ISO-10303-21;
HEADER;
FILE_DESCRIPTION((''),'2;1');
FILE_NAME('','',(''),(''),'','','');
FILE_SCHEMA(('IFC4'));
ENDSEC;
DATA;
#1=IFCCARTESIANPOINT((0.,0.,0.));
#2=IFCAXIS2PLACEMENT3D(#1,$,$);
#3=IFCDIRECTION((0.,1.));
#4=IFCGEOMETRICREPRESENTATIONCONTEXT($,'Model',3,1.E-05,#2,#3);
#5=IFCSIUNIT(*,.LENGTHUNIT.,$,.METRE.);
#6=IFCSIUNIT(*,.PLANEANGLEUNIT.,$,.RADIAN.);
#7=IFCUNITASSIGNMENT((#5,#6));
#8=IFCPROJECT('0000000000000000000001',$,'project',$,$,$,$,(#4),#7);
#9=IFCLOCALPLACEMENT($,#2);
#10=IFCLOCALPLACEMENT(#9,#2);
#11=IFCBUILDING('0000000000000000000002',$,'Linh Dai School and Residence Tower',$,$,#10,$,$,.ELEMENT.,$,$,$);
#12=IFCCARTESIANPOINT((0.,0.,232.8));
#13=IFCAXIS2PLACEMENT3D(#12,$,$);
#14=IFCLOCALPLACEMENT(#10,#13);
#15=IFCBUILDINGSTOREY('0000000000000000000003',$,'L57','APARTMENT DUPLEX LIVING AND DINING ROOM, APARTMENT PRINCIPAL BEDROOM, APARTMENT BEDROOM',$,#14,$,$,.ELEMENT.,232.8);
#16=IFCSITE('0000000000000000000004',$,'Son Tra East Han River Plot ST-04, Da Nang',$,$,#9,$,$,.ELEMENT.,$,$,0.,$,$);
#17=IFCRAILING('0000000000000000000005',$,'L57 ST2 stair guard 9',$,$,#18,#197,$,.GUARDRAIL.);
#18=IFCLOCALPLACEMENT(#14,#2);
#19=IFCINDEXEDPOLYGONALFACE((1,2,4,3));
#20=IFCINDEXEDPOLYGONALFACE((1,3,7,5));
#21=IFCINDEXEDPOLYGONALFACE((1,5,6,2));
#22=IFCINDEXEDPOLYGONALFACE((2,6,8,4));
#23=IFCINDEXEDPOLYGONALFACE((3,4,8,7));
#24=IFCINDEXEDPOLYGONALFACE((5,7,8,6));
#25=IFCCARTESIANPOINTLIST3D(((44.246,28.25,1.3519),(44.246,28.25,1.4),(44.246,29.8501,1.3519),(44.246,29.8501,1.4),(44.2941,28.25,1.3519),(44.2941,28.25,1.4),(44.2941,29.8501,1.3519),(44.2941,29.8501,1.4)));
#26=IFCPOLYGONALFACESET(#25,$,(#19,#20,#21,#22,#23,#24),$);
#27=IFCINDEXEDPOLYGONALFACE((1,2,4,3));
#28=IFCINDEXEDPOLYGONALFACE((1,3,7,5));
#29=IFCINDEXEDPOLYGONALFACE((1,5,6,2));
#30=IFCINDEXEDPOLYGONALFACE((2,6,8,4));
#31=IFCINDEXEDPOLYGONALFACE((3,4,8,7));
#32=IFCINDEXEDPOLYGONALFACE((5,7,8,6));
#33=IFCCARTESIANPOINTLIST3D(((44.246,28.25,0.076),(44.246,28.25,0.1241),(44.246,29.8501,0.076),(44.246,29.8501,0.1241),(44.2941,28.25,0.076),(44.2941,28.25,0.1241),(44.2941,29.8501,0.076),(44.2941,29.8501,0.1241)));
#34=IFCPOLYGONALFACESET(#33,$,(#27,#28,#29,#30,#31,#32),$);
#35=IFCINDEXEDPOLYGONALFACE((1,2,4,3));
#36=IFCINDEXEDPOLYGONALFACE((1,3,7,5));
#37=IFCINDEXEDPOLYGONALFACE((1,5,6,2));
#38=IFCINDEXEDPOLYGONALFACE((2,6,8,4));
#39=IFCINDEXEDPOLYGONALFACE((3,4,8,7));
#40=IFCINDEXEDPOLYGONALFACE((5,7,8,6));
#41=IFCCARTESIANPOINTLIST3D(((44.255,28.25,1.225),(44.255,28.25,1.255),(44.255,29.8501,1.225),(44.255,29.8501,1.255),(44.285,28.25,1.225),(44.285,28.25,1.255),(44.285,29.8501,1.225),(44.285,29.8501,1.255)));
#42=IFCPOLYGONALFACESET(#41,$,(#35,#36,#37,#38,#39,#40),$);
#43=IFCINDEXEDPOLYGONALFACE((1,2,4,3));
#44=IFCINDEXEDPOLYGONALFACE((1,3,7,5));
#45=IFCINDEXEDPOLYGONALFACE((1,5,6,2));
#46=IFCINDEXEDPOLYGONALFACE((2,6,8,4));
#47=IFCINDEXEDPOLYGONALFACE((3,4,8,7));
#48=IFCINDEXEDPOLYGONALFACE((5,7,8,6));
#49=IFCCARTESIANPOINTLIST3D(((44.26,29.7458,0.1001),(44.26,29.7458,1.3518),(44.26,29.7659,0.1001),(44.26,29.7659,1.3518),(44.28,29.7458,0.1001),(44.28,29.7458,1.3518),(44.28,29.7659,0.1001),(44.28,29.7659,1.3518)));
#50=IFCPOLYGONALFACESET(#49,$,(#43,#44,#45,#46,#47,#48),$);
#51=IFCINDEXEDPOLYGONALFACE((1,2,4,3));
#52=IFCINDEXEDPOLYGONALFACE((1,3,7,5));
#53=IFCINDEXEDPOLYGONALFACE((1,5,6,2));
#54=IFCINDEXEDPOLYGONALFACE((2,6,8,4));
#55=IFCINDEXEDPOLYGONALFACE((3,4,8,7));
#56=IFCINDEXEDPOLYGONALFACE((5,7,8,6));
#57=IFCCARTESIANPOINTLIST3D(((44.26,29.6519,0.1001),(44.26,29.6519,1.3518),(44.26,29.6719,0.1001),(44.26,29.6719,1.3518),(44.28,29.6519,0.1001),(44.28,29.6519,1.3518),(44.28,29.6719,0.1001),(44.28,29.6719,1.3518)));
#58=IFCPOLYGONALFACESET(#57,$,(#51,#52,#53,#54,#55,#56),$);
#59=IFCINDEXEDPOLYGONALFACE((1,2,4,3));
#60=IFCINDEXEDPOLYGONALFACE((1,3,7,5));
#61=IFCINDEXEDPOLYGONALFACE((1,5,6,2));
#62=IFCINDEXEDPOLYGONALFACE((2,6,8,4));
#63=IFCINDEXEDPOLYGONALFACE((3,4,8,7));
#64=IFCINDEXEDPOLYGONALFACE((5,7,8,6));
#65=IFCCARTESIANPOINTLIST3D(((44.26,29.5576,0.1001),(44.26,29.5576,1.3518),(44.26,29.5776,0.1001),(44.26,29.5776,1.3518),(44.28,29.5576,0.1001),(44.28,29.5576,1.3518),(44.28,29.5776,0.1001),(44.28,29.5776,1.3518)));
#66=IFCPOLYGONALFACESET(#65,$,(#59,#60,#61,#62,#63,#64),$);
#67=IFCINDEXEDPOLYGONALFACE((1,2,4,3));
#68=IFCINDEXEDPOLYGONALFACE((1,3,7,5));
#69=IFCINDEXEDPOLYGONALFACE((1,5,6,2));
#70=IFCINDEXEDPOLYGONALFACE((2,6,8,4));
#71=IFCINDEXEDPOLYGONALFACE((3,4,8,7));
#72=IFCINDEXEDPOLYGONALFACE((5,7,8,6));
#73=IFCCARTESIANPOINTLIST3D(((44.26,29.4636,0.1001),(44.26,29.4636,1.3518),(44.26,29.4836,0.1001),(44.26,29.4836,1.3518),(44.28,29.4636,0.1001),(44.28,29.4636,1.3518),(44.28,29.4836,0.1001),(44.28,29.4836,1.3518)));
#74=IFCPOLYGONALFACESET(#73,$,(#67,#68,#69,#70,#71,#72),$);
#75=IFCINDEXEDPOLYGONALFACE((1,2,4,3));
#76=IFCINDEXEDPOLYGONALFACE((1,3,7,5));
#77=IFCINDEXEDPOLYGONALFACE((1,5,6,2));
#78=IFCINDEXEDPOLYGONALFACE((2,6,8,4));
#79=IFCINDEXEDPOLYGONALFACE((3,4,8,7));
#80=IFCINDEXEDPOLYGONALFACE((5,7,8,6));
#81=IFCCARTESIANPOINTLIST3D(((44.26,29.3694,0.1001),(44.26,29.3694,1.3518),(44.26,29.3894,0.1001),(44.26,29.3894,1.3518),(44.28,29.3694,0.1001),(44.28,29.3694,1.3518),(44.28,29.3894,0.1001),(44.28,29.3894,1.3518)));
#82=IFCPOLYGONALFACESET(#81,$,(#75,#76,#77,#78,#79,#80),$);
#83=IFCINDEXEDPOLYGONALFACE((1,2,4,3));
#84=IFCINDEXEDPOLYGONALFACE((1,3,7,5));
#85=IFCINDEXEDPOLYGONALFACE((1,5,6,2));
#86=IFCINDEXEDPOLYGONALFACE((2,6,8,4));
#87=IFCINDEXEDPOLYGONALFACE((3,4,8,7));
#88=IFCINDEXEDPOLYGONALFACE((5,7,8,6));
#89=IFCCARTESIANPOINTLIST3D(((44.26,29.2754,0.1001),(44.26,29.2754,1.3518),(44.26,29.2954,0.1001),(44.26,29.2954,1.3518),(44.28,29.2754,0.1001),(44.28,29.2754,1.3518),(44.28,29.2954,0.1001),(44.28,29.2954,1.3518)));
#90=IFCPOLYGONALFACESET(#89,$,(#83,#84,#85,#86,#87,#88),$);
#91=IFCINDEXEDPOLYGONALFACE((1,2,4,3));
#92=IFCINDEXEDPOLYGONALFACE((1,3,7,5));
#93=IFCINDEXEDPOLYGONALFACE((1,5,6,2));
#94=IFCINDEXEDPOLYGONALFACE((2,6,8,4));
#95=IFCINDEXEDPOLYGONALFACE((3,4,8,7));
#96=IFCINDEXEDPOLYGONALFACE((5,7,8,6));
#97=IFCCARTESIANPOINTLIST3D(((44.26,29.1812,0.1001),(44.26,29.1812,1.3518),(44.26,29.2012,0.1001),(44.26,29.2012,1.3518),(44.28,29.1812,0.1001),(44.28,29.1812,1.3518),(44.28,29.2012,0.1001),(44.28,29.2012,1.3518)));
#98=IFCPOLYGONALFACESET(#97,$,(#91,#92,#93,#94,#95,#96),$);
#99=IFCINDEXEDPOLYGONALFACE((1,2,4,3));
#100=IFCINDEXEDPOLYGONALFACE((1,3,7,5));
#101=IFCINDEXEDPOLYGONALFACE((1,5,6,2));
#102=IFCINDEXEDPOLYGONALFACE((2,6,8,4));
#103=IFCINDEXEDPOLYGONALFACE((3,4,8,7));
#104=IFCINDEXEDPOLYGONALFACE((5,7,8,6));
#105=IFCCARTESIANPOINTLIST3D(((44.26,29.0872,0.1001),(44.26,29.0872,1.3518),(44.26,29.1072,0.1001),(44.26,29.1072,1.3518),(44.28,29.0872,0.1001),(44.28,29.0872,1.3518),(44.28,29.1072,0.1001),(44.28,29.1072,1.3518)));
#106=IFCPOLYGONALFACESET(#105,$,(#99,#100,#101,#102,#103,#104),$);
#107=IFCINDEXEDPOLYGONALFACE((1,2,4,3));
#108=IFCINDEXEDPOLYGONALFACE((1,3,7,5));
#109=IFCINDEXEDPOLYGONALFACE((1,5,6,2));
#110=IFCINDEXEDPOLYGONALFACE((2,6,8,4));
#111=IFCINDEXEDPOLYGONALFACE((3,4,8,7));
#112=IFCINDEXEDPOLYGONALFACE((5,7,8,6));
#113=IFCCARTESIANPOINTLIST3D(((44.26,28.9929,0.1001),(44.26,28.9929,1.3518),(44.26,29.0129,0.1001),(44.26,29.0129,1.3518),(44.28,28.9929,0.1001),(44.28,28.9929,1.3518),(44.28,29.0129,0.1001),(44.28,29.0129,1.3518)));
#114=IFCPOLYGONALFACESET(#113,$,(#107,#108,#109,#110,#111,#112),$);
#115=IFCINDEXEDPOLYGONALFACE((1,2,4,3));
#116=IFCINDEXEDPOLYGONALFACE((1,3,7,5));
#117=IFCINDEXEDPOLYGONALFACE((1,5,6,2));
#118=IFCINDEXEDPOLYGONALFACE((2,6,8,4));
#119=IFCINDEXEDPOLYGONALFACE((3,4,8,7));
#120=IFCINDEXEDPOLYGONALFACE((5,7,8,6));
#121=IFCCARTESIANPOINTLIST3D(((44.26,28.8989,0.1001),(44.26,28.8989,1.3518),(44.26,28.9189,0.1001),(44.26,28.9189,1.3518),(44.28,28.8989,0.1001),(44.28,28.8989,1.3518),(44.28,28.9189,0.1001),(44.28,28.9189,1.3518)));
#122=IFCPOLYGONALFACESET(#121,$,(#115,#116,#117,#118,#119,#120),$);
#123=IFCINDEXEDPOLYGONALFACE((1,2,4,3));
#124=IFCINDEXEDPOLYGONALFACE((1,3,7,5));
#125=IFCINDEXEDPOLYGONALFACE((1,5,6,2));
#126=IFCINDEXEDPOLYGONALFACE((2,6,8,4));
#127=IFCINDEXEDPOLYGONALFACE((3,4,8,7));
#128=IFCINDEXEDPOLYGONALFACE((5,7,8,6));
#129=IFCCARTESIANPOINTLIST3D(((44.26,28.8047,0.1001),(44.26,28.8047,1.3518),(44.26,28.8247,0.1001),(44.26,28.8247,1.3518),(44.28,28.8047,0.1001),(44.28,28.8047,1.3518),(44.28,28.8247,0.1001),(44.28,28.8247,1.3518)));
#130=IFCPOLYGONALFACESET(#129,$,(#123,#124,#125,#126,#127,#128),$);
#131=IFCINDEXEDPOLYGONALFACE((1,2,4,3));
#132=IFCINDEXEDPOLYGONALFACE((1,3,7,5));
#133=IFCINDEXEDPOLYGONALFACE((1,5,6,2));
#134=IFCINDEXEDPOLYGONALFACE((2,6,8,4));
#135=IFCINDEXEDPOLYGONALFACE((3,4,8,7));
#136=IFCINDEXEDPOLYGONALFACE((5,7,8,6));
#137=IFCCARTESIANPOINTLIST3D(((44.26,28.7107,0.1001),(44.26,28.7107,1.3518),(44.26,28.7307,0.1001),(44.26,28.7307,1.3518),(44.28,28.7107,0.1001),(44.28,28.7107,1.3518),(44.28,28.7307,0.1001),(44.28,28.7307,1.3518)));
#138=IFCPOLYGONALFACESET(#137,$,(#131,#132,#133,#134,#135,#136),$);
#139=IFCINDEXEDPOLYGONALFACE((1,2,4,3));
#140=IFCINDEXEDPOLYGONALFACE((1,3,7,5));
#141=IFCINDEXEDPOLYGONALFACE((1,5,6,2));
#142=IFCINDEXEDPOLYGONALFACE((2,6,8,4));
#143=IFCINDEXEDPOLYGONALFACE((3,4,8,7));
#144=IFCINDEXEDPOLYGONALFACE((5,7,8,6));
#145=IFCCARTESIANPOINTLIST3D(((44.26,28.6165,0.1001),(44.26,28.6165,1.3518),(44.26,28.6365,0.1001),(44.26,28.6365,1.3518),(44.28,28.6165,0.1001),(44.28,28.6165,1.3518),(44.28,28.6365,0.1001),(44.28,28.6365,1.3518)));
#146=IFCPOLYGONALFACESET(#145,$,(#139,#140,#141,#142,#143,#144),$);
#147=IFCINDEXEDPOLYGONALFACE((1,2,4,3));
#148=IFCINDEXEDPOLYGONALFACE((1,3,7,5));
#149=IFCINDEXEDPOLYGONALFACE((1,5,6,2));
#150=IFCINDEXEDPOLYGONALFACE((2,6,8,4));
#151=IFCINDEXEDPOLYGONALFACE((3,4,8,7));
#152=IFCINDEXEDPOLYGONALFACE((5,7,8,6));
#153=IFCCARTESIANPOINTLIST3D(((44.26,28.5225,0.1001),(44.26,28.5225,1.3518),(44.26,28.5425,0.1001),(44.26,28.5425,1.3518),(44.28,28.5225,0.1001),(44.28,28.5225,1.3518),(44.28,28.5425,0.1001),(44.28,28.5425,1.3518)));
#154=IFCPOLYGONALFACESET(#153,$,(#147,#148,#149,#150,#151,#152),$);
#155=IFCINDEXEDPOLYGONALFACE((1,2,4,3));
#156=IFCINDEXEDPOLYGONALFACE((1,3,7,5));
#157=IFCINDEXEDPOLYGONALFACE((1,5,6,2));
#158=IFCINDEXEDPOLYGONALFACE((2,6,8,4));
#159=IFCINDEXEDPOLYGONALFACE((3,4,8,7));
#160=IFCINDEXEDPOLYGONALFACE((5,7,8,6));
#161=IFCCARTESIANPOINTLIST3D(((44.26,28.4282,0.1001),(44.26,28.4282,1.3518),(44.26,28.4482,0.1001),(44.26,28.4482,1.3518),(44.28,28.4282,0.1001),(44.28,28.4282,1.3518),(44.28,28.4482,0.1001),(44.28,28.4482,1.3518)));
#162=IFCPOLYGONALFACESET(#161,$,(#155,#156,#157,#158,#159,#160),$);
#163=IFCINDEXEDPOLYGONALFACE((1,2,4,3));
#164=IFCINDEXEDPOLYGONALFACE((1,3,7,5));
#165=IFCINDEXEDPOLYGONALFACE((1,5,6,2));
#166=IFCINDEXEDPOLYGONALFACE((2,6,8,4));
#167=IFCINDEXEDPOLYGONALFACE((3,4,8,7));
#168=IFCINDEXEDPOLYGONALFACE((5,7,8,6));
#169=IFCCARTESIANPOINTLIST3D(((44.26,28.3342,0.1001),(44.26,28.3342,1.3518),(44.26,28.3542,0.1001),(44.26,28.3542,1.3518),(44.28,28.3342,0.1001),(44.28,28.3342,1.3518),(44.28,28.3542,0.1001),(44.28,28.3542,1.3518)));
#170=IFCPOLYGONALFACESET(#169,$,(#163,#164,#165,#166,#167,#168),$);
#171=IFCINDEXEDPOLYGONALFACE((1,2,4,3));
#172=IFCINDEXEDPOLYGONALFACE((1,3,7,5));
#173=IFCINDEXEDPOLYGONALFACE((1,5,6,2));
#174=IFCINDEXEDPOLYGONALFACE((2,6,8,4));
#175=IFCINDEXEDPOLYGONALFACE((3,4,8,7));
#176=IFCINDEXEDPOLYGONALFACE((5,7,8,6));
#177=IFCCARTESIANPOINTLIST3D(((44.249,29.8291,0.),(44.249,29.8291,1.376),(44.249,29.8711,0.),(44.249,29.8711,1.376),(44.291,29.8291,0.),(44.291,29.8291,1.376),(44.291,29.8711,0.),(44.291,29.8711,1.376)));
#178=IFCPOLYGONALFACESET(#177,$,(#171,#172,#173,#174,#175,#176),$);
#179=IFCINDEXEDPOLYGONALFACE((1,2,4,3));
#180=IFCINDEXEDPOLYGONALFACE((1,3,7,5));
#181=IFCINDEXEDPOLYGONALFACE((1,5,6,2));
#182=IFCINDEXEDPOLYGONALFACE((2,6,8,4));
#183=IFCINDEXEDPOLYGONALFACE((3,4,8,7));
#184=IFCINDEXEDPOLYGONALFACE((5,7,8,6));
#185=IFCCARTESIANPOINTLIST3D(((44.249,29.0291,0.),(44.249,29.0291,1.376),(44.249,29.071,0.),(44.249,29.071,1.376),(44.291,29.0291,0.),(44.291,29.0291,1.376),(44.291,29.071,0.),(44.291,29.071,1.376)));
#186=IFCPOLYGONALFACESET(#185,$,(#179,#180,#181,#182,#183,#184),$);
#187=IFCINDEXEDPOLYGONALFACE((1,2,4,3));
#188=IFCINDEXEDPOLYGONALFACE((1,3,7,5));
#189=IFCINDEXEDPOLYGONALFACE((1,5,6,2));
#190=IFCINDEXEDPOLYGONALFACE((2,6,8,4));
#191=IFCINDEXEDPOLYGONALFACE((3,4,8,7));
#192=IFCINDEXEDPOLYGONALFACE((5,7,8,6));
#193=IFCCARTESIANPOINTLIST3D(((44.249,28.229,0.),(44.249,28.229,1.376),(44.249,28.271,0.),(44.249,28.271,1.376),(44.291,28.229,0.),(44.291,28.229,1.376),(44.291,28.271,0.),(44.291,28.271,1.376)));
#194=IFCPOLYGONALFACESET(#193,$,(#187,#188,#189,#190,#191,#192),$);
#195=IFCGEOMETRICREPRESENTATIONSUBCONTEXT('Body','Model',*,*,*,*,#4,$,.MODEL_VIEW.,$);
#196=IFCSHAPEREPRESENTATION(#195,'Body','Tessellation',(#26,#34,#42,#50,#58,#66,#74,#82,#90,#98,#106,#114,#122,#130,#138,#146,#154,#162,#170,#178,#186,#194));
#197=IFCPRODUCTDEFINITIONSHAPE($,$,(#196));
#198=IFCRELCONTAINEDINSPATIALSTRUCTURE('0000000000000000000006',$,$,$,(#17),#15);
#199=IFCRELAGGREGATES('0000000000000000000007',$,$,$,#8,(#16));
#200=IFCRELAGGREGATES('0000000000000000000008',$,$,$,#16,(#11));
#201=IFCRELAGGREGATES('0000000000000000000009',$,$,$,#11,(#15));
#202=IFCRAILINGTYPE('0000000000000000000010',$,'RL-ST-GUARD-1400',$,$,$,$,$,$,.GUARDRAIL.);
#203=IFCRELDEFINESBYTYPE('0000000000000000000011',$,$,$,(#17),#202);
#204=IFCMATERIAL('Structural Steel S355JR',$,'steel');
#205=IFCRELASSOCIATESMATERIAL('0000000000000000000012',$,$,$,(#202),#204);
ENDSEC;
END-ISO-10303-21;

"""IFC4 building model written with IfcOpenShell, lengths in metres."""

from ifc_helpers import new_model, si_unit, direction, frame, origin, origin_2d, place, context, subcontext, project, spatial, rectangle, extrude, source, transform, mapped, material, type_object, element, save


model = new_model("IFC4")

# Units and contexts
model_context = context("Model", 3, precision=1e-05, world=origin(), true_north=direction((0.0, 1.0)))
body_context = subcontext(model_context, "Body", "Model", "MODEL_VIEW")
ifc_project = project(units=[si_unit("LENGTHUNIT", "METRE"), si_unit("PLANEANGLEUNIT", "RADIAN")], contexts=[model_context])

# Site, building, storey
site_placement = place(None, origin())
site = spatial("IfcSite", under=ifc_project, at=site_placement, Name="Son Tra East Han River Plot ST-04, Da Nang", CompositionType="ELEMENT", RefElevation=0.0)
building_placement = place(site_placement, origin())
building = spatial("IfcBuilding", under=site, at=building_placement, Name="Linh Dai School and Residence Tower", CompositionType="ELEMENT")
storey_placement = place(building_placement, frame((0.0, 0.0, 232.8)))
storey = spatial("IfcBuildingStorey", under=building, at=storey_placement, Name="L57", Description="APARTMENT DUPLEX LIVING AND DINING ROOM, APARTMENT PRINCIPAL BEDROOM, APARTMENT BEDROOM", CompositionType="ELEMENT", Elevation=232.8)

# Shared definitions
ifc_material_1 = material(Name="Structural Steel S355JR", Category="steel")

# Railing
railing_type_1 = type_object("IfcRailingType", Name="RL-ST-GUARD-1400", PredefinedType="GUARDRAIL", material=ifc_material_1)
shared_shape_1 = source(origin(), body_context, "Body", "SweptSolid", [
    extrude(rectangle(XDim=0.0481, YDim=0.0481, at=origin_2d()), frame((0.0, 0.0, 1.376), z_axis=(0.0, -1.0, 0.0), x_axis=(1.0, 0.0, 0.0)), (0.0, 0.0, 1.0), 1.6001),
    extrude(rectangle(XDim=0.0481, YDim=0.0481, at=origin_2d()), frame((0.0, 0.0, 0.1001), z_axis=(0.0, -1.0, 0.0), x_axis=(1.0, 0.0, 0.0)), (0.0, 0.0, 1.0), 1.6001),
    extrude(rectangle(XDim=0.03, YDim=0.03, at=origin_2d()), frame((0.0, 0.0, 1.24), z_axis=(0.0, -1.0, 0.0), x_axis=(1.0, 0.0, 0.0)), (0.0, 0.0, 1.0), 1.6001),
    extrude(rectangle(XDim=0.02, YDim=0.02, at=origin_2d()), frame((0.0, -0.0942, 0.1001)), (0.0, 0.0, 1.0), 1.2517),
    extrude(rectangle(XDim=0.02, YDim=0.02, at=origin_2d()), frame((0.0, -0.1882, 0.1001)), (0.0, 0.0, 1.0), 1.2517),
    extrude(rectangle(XDim=0.02, YDim=0.02, at=origin_2d()), frame((0.0, -0.2825, 0.1001)), (0.0, 0.0, 1.0), 1.2517),
    extrude(rectangle(XDim=0.02, YDim=0.02, at=origin_2d()), frame((0.0, -0.3765, 0.1001)), (0.0, 0.0, 1.0), 1.2517),
    extrude(rectangle(XDim=0.02, YDim=0.02, at=origin_2d()), frame((0.0, -0.4707, 0.1001)), (0.0, 0.0, 1.0), 1.2517),
    extrude(rectangle(XDim=0.02, YDim=0.02, at=origin_2d()), frame((0.0, -0.5647, 0.1001)), (0.0, 0.0, 1.0), 1.2517),
    extrude(rectangle(XDim=0.02, YDim=0.02, at=origin_2d()), frame((0.0, -0.6589, 0.1001)), (0.0, 0.0, 1.0), 1.2517),
    extrude(rectangle(XDim=0.02, YDim=0.02, at=origin_2d()), frame((0.0, -0.7529, 0.1001)), (0.0, 0.0, 1.0), 1.2517),
    extrude(rectangle(XDim=0.02, YDim=0.02, at=origin_2d()), frame((0.0, -0.8472, 0.1001)), (0.0, 0.0, 1.0), 1.2517),
    extrude(rectangle(XDim=0.02, YDim=0.02, at=origin_2d()), frame((0.0, -0.9412, 0.1001)), (0.0, 0.0, 1.0), 1.2517),
    extrude(rectangle(XDim=0.02, YDim=0.02, at=origin_2d()), frame((0.0, -1.0354, 0.1001)), (0.0, 0.0, 1.0), 1.2517),
    extrude(rectangle(XDim=0.02, YDim=0.02, at=origin_2d()), frame((0.0, -1.1294, 0.1001)), (0.0, 0.0, 1.0), 1.2517),
    extrude(rectangle(XDim=0.02, YDim=0.02, at=origin_2d()), frame((0.0, -1.2236, 0.1001)), (0.0, 0.0, 1.0), 1.2517),
    extrude(rectangle(XDim=0.02, YDim=0.02, at=origin_2d()), frame((0.0, -1.3176, 0.1001)), (0.0, 0.0, 1.0), 1.2517),
    extrude(rectangle(XDim=0.02, YDim=0.02, at=origin_2d()), frame((0.0, -1.4119, 0.1001)), (0.0, 0.0, 1.0), 1.2517),
    extrude(rectangle(XDim=0.02, YDim=0.02, at=origin_2d()), frame((0.0, -1.5059, 0.1001)), (0.0, 0.0, 1.0), 1.2517),
    extrude(rectangle(XDim=0.042, YDim=0.042, at=origin_2d()), origin(), (0.0, 0.0, 1.0), 1.376),
    extrude(rectangle(XDim=0.042, YDim=0.042, at=origin_2d()), frame((0.0, -0.8, 0.0)), (0.0, 0.0, 1.0), 1.376),
    extrude(rectangle(XDim=0.042, YDim=0.042, at=origin_2d()), frame((0.0, -1.6001, 0.0)), (0.0, 0.0, 1.0), 1.376),
])
for number, where, name in (
    (1, (44.27, 29.8501, 0.0), "L57 ST2 stair guard 9"),
):
    element("IfcRailing", number, at=place(storey_placement, frame(where)), inside=storey, type_object=railing_type_1, Name=name, PredefinedType="GUARDRAIL", context=body_context, shape_type="MappedRepresentation", body=[
        mapped(shared_shape_1, transform((0.0, 0.0, 0.0), x_axis=(1.0, 0.0, 0.0), y_axis=(0.0, 1.0, 0.0), z_axis=(0.0, 0.0, 1.0), scale=1.0)),
    ])

save(model, "model.ifc")
